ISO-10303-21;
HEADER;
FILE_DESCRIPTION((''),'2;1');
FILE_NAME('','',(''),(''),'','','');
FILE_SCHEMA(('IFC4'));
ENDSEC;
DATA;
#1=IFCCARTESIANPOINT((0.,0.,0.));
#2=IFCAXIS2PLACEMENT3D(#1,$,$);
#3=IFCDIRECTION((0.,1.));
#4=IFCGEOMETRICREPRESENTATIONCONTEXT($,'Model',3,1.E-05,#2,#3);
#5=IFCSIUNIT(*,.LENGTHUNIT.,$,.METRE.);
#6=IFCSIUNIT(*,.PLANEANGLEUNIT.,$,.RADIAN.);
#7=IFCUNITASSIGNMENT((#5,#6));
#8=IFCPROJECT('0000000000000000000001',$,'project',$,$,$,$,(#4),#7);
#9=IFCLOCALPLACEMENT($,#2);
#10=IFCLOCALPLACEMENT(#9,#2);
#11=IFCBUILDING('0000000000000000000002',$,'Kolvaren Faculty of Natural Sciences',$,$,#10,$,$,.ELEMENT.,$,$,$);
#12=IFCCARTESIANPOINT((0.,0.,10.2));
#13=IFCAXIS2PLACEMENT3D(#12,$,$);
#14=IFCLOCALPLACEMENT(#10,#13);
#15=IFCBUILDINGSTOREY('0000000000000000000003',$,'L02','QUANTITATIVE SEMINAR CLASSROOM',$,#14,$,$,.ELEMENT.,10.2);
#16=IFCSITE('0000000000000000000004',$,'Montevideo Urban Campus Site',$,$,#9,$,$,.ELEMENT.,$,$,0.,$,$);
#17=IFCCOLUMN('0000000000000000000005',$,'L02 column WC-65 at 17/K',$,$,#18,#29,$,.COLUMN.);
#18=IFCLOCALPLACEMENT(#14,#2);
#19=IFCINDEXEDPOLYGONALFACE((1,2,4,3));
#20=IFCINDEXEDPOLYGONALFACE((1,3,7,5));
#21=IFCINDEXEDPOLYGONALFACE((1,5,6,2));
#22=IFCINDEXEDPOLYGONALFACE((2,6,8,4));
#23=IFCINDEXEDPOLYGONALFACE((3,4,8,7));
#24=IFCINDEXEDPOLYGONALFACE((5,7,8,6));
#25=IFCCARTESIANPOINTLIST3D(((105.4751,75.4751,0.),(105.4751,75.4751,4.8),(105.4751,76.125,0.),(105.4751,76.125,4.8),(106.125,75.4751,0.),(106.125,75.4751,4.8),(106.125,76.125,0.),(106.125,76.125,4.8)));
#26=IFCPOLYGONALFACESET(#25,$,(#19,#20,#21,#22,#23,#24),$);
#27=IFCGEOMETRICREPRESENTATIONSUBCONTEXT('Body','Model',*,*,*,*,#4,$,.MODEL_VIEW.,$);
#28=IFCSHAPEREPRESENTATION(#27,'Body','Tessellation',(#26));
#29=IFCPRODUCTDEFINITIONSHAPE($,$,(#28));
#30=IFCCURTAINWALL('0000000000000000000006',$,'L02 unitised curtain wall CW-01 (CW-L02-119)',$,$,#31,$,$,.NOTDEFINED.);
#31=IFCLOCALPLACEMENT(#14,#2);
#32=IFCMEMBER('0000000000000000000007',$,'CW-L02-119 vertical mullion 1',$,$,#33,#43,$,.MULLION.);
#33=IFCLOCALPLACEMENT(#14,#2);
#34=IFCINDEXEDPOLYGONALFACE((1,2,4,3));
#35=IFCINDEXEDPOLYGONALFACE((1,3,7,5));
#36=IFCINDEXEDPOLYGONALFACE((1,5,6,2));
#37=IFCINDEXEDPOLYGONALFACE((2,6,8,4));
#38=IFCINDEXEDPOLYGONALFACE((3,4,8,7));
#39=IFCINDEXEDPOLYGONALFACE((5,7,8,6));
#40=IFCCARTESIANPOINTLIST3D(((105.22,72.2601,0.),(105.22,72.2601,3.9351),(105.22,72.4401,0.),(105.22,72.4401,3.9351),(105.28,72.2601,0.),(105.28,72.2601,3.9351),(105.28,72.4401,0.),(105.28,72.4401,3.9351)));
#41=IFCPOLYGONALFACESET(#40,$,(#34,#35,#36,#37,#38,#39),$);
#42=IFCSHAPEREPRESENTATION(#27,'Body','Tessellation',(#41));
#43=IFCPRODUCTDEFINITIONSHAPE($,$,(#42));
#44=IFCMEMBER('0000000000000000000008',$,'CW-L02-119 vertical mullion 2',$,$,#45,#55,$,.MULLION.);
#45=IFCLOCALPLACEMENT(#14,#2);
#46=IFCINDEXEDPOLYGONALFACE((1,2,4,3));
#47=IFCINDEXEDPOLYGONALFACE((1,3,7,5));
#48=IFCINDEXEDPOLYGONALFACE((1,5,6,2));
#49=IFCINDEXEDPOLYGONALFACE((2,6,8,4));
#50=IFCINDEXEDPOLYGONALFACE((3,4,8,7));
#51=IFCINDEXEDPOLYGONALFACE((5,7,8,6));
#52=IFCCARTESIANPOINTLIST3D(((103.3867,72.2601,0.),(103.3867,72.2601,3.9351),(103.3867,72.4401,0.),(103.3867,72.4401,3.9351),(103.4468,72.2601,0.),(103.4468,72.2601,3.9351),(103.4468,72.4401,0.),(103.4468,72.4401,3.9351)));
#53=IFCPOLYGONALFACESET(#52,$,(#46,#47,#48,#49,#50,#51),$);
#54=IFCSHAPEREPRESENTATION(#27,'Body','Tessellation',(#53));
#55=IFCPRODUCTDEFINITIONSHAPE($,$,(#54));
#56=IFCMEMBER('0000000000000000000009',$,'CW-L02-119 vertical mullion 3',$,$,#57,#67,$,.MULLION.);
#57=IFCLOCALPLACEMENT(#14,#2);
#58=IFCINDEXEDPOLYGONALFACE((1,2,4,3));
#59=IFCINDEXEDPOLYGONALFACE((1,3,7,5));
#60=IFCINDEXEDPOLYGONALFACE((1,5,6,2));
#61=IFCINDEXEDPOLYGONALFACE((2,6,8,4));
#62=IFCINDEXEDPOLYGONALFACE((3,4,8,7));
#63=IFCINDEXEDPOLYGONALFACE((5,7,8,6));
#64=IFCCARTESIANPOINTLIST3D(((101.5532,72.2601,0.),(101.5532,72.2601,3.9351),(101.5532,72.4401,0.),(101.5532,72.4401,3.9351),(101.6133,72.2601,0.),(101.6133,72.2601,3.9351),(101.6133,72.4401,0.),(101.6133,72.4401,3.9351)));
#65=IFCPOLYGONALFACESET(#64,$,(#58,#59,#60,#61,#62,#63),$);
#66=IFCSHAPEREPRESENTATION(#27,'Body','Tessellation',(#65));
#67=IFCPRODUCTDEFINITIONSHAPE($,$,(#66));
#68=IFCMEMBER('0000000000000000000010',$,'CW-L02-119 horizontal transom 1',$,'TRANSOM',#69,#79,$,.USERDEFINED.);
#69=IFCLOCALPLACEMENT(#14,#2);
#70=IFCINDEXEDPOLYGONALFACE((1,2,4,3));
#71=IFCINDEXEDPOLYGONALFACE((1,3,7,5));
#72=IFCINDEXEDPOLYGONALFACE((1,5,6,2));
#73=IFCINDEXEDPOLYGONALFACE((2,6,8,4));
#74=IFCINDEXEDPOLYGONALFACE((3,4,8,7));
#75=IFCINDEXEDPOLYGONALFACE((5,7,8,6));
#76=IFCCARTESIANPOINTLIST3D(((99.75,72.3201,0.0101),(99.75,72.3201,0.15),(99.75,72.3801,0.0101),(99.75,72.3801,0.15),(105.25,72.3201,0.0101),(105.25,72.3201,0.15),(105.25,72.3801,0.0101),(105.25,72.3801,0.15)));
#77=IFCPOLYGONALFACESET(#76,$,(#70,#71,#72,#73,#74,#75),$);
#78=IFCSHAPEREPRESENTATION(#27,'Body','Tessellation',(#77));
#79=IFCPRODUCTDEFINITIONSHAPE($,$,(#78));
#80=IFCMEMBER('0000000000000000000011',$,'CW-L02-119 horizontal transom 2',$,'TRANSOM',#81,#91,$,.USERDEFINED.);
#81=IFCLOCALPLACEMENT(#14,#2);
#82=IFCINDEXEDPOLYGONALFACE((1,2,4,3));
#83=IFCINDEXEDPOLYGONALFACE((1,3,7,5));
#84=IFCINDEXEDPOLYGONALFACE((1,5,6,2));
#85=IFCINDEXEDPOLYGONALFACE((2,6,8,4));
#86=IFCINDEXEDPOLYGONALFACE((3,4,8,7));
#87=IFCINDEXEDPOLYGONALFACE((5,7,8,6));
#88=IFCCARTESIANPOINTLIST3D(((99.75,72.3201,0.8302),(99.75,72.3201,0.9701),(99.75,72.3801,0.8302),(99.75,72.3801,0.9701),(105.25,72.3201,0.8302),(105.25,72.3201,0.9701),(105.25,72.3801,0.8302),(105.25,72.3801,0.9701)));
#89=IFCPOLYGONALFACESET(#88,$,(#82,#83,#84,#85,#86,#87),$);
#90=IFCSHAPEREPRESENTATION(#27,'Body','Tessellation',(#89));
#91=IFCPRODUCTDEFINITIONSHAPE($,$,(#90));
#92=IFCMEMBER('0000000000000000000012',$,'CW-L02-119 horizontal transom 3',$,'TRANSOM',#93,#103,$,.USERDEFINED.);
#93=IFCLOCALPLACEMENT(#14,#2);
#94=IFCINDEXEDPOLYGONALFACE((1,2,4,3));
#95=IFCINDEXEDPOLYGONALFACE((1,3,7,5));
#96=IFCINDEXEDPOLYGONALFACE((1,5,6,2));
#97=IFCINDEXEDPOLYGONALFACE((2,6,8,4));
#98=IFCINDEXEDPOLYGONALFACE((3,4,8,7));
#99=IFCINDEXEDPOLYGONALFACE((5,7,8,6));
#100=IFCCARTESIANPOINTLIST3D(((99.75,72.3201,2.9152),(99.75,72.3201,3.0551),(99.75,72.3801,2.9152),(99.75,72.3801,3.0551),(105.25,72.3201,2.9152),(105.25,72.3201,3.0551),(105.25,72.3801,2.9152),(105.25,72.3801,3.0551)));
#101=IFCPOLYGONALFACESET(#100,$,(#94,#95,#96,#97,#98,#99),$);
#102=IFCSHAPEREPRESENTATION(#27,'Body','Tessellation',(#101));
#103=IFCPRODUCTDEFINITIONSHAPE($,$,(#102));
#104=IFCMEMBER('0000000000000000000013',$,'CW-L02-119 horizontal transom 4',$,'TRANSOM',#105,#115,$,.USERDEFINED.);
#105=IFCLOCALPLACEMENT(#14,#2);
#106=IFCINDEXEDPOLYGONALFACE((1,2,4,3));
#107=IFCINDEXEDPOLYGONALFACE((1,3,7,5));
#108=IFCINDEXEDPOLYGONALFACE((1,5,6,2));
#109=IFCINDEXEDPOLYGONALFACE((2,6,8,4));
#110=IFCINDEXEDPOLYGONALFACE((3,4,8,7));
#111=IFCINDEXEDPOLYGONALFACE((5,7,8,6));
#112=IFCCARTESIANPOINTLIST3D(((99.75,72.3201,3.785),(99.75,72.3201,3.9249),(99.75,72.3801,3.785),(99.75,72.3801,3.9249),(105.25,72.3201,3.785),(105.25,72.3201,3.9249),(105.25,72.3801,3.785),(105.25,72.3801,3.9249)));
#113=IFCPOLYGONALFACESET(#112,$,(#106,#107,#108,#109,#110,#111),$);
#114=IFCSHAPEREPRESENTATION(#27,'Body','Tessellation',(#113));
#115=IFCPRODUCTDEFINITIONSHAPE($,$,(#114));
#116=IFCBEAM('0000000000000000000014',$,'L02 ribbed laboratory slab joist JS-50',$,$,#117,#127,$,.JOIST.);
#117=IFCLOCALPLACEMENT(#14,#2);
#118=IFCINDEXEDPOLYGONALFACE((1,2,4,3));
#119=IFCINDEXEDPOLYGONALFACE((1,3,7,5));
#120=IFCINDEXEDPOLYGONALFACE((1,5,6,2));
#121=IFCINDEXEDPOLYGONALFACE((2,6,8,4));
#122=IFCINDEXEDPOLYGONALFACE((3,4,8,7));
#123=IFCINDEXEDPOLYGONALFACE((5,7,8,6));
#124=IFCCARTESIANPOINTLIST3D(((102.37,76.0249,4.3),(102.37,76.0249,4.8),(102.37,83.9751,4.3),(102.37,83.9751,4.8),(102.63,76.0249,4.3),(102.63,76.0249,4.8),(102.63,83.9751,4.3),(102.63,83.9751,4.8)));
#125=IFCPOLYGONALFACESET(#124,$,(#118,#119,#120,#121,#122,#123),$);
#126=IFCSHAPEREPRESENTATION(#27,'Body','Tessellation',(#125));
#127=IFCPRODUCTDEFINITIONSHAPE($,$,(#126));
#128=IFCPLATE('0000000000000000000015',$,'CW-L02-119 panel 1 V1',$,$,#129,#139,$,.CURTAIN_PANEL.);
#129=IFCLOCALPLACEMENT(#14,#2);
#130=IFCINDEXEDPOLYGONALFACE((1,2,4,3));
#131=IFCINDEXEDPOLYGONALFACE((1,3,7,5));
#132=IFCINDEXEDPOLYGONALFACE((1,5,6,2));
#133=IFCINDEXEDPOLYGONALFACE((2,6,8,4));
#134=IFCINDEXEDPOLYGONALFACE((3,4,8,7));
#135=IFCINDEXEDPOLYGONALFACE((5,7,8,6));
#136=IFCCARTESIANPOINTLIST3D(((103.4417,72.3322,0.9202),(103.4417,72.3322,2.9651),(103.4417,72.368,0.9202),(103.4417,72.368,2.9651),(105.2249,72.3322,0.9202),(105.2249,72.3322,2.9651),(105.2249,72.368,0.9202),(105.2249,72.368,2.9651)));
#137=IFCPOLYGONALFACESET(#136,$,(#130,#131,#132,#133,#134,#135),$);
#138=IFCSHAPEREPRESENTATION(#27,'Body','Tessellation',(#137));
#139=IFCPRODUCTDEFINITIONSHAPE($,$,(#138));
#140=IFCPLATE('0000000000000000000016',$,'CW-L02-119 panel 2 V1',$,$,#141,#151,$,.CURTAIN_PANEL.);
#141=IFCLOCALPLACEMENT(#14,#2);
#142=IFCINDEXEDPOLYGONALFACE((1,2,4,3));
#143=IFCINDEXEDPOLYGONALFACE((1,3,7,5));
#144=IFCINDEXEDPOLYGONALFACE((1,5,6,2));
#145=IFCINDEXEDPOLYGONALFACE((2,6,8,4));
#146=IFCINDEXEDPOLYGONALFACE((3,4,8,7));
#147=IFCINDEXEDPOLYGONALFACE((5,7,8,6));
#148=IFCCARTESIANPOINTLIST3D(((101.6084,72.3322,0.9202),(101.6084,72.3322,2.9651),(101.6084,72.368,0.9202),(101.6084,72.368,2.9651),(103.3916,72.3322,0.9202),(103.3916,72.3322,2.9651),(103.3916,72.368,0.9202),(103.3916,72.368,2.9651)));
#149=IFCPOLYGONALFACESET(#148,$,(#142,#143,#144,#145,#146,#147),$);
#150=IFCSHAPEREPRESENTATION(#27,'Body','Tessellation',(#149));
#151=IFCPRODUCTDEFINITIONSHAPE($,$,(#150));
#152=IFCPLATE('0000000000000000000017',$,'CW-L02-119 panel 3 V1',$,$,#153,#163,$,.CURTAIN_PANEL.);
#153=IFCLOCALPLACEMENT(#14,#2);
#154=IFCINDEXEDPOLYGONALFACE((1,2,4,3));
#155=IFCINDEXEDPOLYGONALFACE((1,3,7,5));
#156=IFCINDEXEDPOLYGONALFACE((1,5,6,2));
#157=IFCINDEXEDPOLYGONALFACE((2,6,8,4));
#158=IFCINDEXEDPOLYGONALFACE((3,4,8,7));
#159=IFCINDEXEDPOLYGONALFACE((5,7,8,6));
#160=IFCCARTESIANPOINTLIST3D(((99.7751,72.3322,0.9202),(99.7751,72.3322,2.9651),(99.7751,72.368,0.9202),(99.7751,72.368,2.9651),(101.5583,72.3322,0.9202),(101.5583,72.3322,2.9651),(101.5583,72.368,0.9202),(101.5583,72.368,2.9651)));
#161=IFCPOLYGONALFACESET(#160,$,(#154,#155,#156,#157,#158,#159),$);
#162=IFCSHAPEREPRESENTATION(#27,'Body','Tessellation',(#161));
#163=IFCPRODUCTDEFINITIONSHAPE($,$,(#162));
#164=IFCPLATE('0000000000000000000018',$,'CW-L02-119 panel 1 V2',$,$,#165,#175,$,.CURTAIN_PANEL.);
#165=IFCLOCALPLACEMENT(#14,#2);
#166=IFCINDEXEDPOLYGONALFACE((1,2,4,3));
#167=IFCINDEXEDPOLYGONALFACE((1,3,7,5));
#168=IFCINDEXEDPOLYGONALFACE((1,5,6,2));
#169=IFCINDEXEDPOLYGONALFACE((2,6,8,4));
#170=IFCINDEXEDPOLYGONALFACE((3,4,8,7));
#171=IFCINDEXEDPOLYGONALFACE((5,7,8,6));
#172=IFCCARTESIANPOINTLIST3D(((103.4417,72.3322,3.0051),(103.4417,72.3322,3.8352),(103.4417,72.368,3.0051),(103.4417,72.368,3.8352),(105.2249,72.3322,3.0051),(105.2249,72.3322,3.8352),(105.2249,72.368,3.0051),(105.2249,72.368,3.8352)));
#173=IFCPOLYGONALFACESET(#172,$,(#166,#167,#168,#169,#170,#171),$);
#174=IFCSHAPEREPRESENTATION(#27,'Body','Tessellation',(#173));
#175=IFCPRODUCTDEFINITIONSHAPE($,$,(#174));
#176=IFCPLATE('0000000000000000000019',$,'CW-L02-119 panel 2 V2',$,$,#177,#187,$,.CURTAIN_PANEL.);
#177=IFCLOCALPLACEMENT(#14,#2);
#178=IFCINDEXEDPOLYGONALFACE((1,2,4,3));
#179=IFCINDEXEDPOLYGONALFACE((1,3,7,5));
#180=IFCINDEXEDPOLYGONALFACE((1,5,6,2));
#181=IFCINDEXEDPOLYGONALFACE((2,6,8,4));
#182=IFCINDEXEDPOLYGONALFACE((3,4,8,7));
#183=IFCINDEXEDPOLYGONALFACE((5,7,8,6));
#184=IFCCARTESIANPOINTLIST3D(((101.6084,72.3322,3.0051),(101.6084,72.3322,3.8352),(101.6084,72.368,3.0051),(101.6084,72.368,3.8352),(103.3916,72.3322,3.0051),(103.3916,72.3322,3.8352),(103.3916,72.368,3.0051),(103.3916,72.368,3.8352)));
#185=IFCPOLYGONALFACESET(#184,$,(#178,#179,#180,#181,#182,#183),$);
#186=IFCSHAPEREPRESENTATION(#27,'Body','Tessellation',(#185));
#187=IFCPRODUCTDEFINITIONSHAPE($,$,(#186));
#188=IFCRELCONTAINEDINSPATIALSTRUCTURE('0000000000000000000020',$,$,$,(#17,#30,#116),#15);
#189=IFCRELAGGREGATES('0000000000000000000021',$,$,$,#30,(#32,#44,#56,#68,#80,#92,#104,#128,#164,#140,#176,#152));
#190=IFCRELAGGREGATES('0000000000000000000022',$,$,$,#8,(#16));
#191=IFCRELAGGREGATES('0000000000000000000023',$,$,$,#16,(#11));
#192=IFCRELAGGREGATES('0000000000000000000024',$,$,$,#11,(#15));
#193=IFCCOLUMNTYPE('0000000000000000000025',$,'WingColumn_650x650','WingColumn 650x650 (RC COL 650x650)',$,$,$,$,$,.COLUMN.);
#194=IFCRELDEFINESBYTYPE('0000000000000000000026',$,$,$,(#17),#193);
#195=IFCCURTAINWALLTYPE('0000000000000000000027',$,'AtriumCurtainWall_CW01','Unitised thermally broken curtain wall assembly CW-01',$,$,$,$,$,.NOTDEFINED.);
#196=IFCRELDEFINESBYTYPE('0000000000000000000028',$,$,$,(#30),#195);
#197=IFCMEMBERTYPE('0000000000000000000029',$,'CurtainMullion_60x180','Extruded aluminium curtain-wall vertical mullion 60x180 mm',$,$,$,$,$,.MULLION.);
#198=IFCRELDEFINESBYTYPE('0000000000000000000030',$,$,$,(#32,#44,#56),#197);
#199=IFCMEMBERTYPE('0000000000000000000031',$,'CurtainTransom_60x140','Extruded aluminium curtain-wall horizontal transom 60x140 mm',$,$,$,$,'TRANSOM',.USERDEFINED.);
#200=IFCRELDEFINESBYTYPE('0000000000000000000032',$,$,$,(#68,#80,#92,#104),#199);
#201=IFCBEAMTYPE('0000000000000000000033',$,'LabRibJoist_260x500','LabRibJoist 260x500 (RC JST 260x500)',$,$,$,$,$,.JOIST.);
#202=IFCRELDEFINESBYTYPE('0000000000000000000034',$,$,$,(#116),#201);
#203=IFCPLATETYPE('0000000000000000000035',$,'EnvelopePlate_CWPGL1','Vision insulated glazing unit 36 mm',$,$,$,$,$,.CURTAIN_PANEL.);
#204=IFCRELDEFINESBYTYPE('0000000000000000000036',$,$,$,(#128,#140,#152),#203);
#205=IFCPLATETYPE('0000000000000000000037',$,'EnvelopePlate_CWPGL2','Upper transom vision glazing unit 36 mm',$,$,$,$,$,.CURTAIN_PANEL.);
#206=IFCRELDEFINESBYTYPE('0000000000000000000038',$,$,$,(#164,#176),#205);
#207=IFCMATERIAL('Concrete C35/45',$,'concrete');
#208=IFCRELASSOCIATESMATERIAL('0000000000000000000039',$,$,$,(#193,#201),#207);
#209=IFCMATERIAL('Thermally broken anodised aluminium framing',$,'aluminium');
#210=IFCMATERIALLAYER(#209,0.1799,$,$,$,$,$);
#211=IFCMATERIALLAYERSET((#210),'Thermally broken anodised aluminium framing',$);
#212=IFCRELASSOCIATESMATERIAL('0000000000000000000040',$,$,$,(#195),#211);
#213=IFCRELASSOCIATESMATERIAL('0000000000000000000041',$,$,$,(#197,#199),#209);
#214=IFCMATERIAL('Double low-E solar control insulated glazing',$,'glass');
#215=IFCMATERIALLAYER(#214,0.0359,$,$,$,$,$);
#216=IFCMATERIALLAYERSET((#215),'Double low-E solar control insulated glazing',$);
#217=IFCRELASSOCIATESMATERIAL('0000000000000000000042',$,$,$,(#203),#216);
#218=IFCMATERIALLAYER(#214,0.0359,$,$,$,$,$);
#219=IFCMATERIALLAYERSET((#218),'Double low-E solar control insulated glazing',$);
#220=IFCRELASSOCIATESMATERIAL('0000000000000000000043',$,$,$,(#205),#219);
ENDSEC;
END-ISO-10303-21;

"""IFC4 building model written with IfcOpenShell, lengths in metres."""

from ifc_helpers import new_model, si_unit, direction, frame, origin, origin_2d, place, context, subcontext, project, spatial, rectangle, extrude, material, layer, layer_set, material_profile, profile_set, type_object, element, aggregate, save


model = new_model("IFC4")

# Units and contexts
model_context = context("Model", 3, precision=1e-05, world=origin(), true_north=direction((0.0, 1.0)))
body_context = subcontext(model_context, "Body", "Model", "MODEL_VIEW")
ifc_project = project(units=[si_unit("LENGTHUNIT", "METRE"), si_unit("PLANEANGLEUNIT", "RADIAN")], contexts=[model_context])

# Site, building, storey
site_placement = place(None, origin())
site = spatial("IfcSite", under=ifc_project, at=site_placement, Name="Montevideo Urban Campus Site", CompositionType="ELEMENT", RefElevation=0.0)
building_placement = place(site_placement, origin())
building = spatial("IfcBuilding", under=site, at=building_placement, Name="Kolvaren Faculty of Natural Sciences", CompositionType="ELEMENT")
storey_placement = place(building_placement, frame((0.0, 0.0, 10.2)))
storey = spatial("IfcBuildingStorey", under=building, at=storey_placement, Name="L02", Description="QUANTITATIVE SEMINAR CLASSROOM", CompositionType="ELEMENT", Elevation=10.2)

# Column
ifc_material_1 = material(Name="Concrete C35/45", Category="concrete")
ifc_material_profile_1 = material_profile(ifc_material_1, rectangle(XDim=0.6499, YDim=0.6499, at=origin_2d()), Name="RC COL 650x650")
ifc_profile_set_1 = profile_set([ifc_material_profile_1], Name="Concrete C35/45")
column_type = type_object("IfcColumnType", Name="WingColumn_650x650", Description="WingColumn 650x650 (RC COL 650x650)", PredefinedType="COLUMN", material=ifc_profile_set_1)
column_placement = place(storey_placement, frame((105.8, 75.8, 0.0), z_axis=(0.0, 0.0, 1.0), x_axis=(1.0, 0.0, 0.0)))
element("IfcColumn", 1, at=column_placement, inside=storey, type_object=column_type, Name="L02 column WC-65 at 17/K", PredefinedType="COLUMN", context=body_context, shape_type="SweptSolid", body=[
    extrude(rectangle(XDim=0.6499, YDim=0.6499, at=origin_2d()), origin(), (0.0, 0.0, 1.0), 4.8),
])

# Curtain wall, members
ifc_material_2 = material(Name="Thermally broken anodised aluminium framing", Category="aluminium")
ifc_layer_1 = layer(ifc_material_2, 0.1799)
ifc_layer_set_1 = layer_set([ifc_layer_1], Name="Thermally broken anodised aluminium framing")
curtain_wall_type = type_object("IfcCurtainWallType", Name="AtriumCurtainWall_CW01", Description="Unitised thermally broken curtain wall assembly CW-01", PredefinedType="NOTDEFINED", material=ifc_layer_set_1)
curtain_wall_placement = place(storey_placement, origin())
curtain_wall = element("IfcCurtainWall", 2, at=curtain_wall_placement, inside=storey, type_object=curtain_wall_type, Name="L02 unitised curtain wall CW-01 (CW-L02-119)", PredefinedType="NOTDEFINED")
ifc_material_profile_2 = material_profile(ifc_material_2, rectangle(XDim=0.0601, YDim=0.1799, at=origin_2d()), Name="ALU MUL 60x180")
ifc_profile_set_2 = profile_set([ifc_material_profile_2], Name="Thermally broken anodised aluminium framing")
member_type_1 = type_object("IfcMemberType", Name="CurtainMullion_60x180", Description="Extruded aluminium curtain-wall vertical mullion 60x180 mm", PredefinedType="MULLION", material=ifc_profile_set_2)
member_1_placement = place(storey_placement, frame((105.25, 72.3501, 0.0), z_axis=(0.0, 0.0, 1.0), x_axis=(-1.0, 0.0, 0.0)))
member_1 = element("IfcMember", 3, at=member_1_placement, type_object=member_type_1, Name="CW-L02-119 vertical mullion 1", PredefinedType="MULLION", context=body_context, shape_type="SweptSolid", body=[
    extrude(rectangle(XDim=0.0601, YDim=0.1799, at=origin_2d()), origin(), (0.0, 0.0, 1.0), 3.9351),
])
member_2_placement = place(storey_placement, frame((103.4167, 72.3501, 0.0), z_axis=(0.0, 0.0, 1.0), x_axis=(-1.0, 0.0, 0.0)))
member_2 = element("IfcMember", 4, at=member_2_placement, type_object=member_type_1, Name="CW-L02-119 vertical mullion 2", PredefinedType="MULLION", context=body_context, shape_type="SweptSolid", body=[
    extrude(rectangle(XDim=0.0601, YDim=0.1799, at=origin_2d()), origin(), (0.0, 0.0, 1.0), 3.9351),
])
member_3_placement = place(storey_placement, frame((101.5833, 72.3501, 0.0), z_axis=(0.0, 0.0, 1.0), x_axis=(-1.0, 0.0, 0.0)))
member_3 = element("IfcMember", 5, at=member_3_placement, type_object=member_type_1, Name="CW-L02-119 vertical mullion 3", PredefinedType="MULLION", context=body_context, shape_type="SweptSolid", body=[
    extrude(rectangle(XDim=0.0601, YDim=0.1799, at=origin_2d()), origin(), (0.0, 0.0, 1.0), 3.9351),
])
ifc_material_profile_3 = material_profile(ifc_material_2, rectangle(XDim=0.0601, YDim=0.1399, at=origin_2d()), Name="ALU TRN 60x140")
ifc_profile_set_3 = profile_set([ifc_material_profile_3], Name="Thermally broken anodised aluminium framing")
member_type_2 = type_object("IfcMemberType", Name="CurtainTransom_60x140", Description="Extruded aluminium curtain-wall horizontal transom 60x140 mm", ElementType="TRANSOM", PredefinedType="USERDEFINED", material=ifc_profile_set_3)
member_4_placement = place(storey_placement, frame((105.25, 72.3501, 0.0801), z_axis=(-1.0, 0.0, 0.0), x_axis=(0.0, -1.0, 0.0)))
member_4 = element("IfcMember", 6, at=member_4_placement, type_object=member_type_2, Name="CW-L02-119 horizontal transom 1", ObjectType="TRANSOM", PredefinedType="USERDEFINED", context=body_context, shape_type="SweptSolid", body=[
    extrude(rectangle(XDim=0.0601, YDim=0.1399, at=origin_2d()), origin(), (0.0, 0.0, 1.0), 5.5),
])
member_5_placement = place(storey_placement, frame((105.25, 72.3501, 0.9001), z_axis=(-1.0, 0.0, 0.0), x_axis=(0.0, -1.0, 0.0)))
member_5 = element("IfcMember", 7, at=member_5_placement, type_object=member_type_2, Name="CW-L02-119 horizontal transom 2", ObjectType="TRANSOM", PredefinedType="USERDEFINED", context=body_context, shape_type="SweptSolid", body=[
    extrude(rectangle(XDim=0.0601, YDim=0.1399, at=origin_2d()), origin(), (0.0, 0.0, 1.0), 5.5),
])
member_6_placement = place(storey_placement, frame((105.25, 72.3501, 2.9851), z_axis=(-1.0, 0.0, 0.0), x_axis=(0.0, -1.0, 0.0)))
member_6 = element("IfcMember", 8, at=member_6_placement, type_object=member_type_2, Name="CW-L02-119 horizontal transom 3", ObjectType="TRANSOM", PredefinedType="USERDEFINED", context=body_context, shape_type="SweptSolid", body=[
    extrude(rectangle(XDim=0.0601, YDim=0.1399, at=origin_2d()), origin(), (0.0, 0.0, 1.0), 5.5),
])
member_7_placement = place(storey_placement, frame((105.25, 72.3501, 3.855), z_axis=(-1.0, 0.0, 0.0), x_axis=(0.0, -1.0, 0.0)))
member_7 = element("IfcMember", 9, at=member_7_placement, type_object=member_type_2, Name="CW-L02-119 horizontal transom 4", ObjectType="TRANSOM", PredefinedType="USERDEFINED", context=body_context, shape_type="SweptSolid", body=[
    extrude(rectangle(XDim=0.0601, YDim=0.1399, at=origin_2d()), origin(), (0.0, 0.0, 1.0), 5.5),
])

# Beam
ifc_material_profile_4 = material_profile(ifc_material_1, rectangle(XDim=0.26, YDim=0.5, at=origin_2d()), Name="RC JST 260x500")
ifc_profile_set_4 = profile_set([ifc_material_profile_4], Name="Concrete C35/45")
beam_type = type_object("IfcBeamType", Name="LabRibJoist_260x500", Description="LabRibJoist 260x500 (RC JST 260x500)", PredefinedType="JOIST", material=ifc_profile_set_4)
beam_placement = place(storey_placement, frame((102.5, 76.0249, 4.55), z_axis=(0.0, 1.0, 0.0), x_axis=(-1.0, 0.0, 0.0)))
element("IfcBeam", 10, at=beam_placement, inside=storey, type_object=beam_type, Name="L02 ribbed laboratory slab joist JS-50", PredefinedType="JOIST", context=body_context, shape_type="SweptSolid", body=[
    extrude(rectangle(XDim=0.26, YDim=0.5, at=origin_2d()), origin(), (0.0, 0.0, 1.0), 7.9502),
])

# Plates
ifc_material_3 = material(Name="Double low-E solar control insulated glazing", Category="glass")
ifc_layer_2 = layer(ifc_material_3, 0.0359)
ifc_layer_set_2 = layer_set([ifc_layer_2], Name="Double low-E solar control insulated glazing")
plate_type_1 = type_object("IfcPlateType", Name="EnvelopePlate_CWPGL1", Description="Vision insulated glazing unit 36 mm", PredefinedType="CURTAIN_PANEL", material=ifc_layer_set_2)
plate_1_placement = place(storey_placement, frame((104.3333, 72.3501, 0.9202), z_axis=(0.0, 0.0, 1.0), x_axis=(-1.0, 0.0, 0.0)))
plate_1 = element("IfcPlate", 11, at=plate_1_placement, type_object=plate_type_1, Name="CW-L02-119 panel 1 V1", PredefinedType="CURTAIN_PANEL", context=body_context, shape_type="SweptSolid", body=[
    extrude(rectangle(XDim=1.7832, YDim=0.0359, at=origin_2d()), origin(), (0.0, 0.0, 1.0), 2.0449),
])
plate_2_placement = place(storey_placement, frame((102.5, 72.3501, 0.9202), z_axis=(0.0, 0.0, 1.0), x_axis=(-1.0, 0.0, 0.0)))
plate_2 = element("IfcPlate", 12, at=plate_2_placement, type_object=plate_type_1, Name="CW-L02-119 panel 2 V1", PredefinedType="CURTAIN_PANEL", context=body_context, shape_type="SweptSolid", body=[
    extrude(rectangle(XDim=1.7832, YDim=0.0359, at=origin_2d()), origin(), (0.0, 0.0, 1.0), 2.0449),
])
plate_3_placement = place(storey_placement, frame((100.6667, 72.3501, 0.9202), z_axis=(0.0, 0.0, 1.0), x_axis=(-1.0, 0.0, 0.0)))
plate_3 = element("IfcPlate", 13, at=plate_3_placement, type_object=plate_type_1, Name="CW-L02-119 panel 3 V1", PredefinedType="CURTAIN_PANEL", context=body_context, shape_type="SweptSolid", body=[
    extrude(rectangle(XDim=1.7832, YDim=0.0359, at=origin_2d()), origin(), (0.0, 0.0, 1.0), 2.0449),
])
ifc_layer_3 = layer(ifc_material_3, 0.0359)
ifc_layer_set_3 = layer_set([ifc_layer_3], Name="Double low-E solar control insulated glazing")
plate_type_2 = type_object("IfcPlateType", Name="EnvelopePlate_CWPGL2", Description="Upper transom vision glazing unit 36 mm", PredefinedType="CURTAIN_PANEL", material=ifc_layer_set_3)
plate_4_placement = place(storey_placement, frame((104.3333, 72.3501, 3.0051), z_axis=(0.0, 0.0, 1.0), x_axis=(-1.0, 0.0, 0.0)))
plate_4 = element("IfcPlate", 14, at=plate_4_placement, type_object=plate_type_2, Name="CW-L02-119 panel 1 V2", PredefinedType="CURTAIN_PANEL", context=body_context, shape_type="SweptSolid", body=[
    extrude(rectangle(XDim=1.7832, YDim=0.0359, at=origin_2d()), origin(), (0.0, 0.0, 1.0), 0.8301),
])
plate_5_placement = place(storey_placement, frame((102.5, 72.3501, 3.0051), z_axis=(0.0, 0.0, 1.0), x_axis=(-1.0, 0.0, 0.0)))
plate_5 = element("IfcPlate", 15, at=plate_5_placement, type_object=plate_type_2, Name="CW-L02-119 panel 2 V2", PredefinedType="CURTAIN_PANEL", context=body_context, shape_type="SweptSolid", body=[
    extrude(rectangle(XDim=1.7832, YDim=0.0359, at=origin_2d()), origin(), (0.0, 0.0, 1.0), 0.8301),
])
aggregate(curtain_wall, [member_1, member_2, member_3, member_4, member_5, member_6, member_7, plate_1, plate_4, plate_2, plate_5, plate_3])

save(model, "model.ifc")
